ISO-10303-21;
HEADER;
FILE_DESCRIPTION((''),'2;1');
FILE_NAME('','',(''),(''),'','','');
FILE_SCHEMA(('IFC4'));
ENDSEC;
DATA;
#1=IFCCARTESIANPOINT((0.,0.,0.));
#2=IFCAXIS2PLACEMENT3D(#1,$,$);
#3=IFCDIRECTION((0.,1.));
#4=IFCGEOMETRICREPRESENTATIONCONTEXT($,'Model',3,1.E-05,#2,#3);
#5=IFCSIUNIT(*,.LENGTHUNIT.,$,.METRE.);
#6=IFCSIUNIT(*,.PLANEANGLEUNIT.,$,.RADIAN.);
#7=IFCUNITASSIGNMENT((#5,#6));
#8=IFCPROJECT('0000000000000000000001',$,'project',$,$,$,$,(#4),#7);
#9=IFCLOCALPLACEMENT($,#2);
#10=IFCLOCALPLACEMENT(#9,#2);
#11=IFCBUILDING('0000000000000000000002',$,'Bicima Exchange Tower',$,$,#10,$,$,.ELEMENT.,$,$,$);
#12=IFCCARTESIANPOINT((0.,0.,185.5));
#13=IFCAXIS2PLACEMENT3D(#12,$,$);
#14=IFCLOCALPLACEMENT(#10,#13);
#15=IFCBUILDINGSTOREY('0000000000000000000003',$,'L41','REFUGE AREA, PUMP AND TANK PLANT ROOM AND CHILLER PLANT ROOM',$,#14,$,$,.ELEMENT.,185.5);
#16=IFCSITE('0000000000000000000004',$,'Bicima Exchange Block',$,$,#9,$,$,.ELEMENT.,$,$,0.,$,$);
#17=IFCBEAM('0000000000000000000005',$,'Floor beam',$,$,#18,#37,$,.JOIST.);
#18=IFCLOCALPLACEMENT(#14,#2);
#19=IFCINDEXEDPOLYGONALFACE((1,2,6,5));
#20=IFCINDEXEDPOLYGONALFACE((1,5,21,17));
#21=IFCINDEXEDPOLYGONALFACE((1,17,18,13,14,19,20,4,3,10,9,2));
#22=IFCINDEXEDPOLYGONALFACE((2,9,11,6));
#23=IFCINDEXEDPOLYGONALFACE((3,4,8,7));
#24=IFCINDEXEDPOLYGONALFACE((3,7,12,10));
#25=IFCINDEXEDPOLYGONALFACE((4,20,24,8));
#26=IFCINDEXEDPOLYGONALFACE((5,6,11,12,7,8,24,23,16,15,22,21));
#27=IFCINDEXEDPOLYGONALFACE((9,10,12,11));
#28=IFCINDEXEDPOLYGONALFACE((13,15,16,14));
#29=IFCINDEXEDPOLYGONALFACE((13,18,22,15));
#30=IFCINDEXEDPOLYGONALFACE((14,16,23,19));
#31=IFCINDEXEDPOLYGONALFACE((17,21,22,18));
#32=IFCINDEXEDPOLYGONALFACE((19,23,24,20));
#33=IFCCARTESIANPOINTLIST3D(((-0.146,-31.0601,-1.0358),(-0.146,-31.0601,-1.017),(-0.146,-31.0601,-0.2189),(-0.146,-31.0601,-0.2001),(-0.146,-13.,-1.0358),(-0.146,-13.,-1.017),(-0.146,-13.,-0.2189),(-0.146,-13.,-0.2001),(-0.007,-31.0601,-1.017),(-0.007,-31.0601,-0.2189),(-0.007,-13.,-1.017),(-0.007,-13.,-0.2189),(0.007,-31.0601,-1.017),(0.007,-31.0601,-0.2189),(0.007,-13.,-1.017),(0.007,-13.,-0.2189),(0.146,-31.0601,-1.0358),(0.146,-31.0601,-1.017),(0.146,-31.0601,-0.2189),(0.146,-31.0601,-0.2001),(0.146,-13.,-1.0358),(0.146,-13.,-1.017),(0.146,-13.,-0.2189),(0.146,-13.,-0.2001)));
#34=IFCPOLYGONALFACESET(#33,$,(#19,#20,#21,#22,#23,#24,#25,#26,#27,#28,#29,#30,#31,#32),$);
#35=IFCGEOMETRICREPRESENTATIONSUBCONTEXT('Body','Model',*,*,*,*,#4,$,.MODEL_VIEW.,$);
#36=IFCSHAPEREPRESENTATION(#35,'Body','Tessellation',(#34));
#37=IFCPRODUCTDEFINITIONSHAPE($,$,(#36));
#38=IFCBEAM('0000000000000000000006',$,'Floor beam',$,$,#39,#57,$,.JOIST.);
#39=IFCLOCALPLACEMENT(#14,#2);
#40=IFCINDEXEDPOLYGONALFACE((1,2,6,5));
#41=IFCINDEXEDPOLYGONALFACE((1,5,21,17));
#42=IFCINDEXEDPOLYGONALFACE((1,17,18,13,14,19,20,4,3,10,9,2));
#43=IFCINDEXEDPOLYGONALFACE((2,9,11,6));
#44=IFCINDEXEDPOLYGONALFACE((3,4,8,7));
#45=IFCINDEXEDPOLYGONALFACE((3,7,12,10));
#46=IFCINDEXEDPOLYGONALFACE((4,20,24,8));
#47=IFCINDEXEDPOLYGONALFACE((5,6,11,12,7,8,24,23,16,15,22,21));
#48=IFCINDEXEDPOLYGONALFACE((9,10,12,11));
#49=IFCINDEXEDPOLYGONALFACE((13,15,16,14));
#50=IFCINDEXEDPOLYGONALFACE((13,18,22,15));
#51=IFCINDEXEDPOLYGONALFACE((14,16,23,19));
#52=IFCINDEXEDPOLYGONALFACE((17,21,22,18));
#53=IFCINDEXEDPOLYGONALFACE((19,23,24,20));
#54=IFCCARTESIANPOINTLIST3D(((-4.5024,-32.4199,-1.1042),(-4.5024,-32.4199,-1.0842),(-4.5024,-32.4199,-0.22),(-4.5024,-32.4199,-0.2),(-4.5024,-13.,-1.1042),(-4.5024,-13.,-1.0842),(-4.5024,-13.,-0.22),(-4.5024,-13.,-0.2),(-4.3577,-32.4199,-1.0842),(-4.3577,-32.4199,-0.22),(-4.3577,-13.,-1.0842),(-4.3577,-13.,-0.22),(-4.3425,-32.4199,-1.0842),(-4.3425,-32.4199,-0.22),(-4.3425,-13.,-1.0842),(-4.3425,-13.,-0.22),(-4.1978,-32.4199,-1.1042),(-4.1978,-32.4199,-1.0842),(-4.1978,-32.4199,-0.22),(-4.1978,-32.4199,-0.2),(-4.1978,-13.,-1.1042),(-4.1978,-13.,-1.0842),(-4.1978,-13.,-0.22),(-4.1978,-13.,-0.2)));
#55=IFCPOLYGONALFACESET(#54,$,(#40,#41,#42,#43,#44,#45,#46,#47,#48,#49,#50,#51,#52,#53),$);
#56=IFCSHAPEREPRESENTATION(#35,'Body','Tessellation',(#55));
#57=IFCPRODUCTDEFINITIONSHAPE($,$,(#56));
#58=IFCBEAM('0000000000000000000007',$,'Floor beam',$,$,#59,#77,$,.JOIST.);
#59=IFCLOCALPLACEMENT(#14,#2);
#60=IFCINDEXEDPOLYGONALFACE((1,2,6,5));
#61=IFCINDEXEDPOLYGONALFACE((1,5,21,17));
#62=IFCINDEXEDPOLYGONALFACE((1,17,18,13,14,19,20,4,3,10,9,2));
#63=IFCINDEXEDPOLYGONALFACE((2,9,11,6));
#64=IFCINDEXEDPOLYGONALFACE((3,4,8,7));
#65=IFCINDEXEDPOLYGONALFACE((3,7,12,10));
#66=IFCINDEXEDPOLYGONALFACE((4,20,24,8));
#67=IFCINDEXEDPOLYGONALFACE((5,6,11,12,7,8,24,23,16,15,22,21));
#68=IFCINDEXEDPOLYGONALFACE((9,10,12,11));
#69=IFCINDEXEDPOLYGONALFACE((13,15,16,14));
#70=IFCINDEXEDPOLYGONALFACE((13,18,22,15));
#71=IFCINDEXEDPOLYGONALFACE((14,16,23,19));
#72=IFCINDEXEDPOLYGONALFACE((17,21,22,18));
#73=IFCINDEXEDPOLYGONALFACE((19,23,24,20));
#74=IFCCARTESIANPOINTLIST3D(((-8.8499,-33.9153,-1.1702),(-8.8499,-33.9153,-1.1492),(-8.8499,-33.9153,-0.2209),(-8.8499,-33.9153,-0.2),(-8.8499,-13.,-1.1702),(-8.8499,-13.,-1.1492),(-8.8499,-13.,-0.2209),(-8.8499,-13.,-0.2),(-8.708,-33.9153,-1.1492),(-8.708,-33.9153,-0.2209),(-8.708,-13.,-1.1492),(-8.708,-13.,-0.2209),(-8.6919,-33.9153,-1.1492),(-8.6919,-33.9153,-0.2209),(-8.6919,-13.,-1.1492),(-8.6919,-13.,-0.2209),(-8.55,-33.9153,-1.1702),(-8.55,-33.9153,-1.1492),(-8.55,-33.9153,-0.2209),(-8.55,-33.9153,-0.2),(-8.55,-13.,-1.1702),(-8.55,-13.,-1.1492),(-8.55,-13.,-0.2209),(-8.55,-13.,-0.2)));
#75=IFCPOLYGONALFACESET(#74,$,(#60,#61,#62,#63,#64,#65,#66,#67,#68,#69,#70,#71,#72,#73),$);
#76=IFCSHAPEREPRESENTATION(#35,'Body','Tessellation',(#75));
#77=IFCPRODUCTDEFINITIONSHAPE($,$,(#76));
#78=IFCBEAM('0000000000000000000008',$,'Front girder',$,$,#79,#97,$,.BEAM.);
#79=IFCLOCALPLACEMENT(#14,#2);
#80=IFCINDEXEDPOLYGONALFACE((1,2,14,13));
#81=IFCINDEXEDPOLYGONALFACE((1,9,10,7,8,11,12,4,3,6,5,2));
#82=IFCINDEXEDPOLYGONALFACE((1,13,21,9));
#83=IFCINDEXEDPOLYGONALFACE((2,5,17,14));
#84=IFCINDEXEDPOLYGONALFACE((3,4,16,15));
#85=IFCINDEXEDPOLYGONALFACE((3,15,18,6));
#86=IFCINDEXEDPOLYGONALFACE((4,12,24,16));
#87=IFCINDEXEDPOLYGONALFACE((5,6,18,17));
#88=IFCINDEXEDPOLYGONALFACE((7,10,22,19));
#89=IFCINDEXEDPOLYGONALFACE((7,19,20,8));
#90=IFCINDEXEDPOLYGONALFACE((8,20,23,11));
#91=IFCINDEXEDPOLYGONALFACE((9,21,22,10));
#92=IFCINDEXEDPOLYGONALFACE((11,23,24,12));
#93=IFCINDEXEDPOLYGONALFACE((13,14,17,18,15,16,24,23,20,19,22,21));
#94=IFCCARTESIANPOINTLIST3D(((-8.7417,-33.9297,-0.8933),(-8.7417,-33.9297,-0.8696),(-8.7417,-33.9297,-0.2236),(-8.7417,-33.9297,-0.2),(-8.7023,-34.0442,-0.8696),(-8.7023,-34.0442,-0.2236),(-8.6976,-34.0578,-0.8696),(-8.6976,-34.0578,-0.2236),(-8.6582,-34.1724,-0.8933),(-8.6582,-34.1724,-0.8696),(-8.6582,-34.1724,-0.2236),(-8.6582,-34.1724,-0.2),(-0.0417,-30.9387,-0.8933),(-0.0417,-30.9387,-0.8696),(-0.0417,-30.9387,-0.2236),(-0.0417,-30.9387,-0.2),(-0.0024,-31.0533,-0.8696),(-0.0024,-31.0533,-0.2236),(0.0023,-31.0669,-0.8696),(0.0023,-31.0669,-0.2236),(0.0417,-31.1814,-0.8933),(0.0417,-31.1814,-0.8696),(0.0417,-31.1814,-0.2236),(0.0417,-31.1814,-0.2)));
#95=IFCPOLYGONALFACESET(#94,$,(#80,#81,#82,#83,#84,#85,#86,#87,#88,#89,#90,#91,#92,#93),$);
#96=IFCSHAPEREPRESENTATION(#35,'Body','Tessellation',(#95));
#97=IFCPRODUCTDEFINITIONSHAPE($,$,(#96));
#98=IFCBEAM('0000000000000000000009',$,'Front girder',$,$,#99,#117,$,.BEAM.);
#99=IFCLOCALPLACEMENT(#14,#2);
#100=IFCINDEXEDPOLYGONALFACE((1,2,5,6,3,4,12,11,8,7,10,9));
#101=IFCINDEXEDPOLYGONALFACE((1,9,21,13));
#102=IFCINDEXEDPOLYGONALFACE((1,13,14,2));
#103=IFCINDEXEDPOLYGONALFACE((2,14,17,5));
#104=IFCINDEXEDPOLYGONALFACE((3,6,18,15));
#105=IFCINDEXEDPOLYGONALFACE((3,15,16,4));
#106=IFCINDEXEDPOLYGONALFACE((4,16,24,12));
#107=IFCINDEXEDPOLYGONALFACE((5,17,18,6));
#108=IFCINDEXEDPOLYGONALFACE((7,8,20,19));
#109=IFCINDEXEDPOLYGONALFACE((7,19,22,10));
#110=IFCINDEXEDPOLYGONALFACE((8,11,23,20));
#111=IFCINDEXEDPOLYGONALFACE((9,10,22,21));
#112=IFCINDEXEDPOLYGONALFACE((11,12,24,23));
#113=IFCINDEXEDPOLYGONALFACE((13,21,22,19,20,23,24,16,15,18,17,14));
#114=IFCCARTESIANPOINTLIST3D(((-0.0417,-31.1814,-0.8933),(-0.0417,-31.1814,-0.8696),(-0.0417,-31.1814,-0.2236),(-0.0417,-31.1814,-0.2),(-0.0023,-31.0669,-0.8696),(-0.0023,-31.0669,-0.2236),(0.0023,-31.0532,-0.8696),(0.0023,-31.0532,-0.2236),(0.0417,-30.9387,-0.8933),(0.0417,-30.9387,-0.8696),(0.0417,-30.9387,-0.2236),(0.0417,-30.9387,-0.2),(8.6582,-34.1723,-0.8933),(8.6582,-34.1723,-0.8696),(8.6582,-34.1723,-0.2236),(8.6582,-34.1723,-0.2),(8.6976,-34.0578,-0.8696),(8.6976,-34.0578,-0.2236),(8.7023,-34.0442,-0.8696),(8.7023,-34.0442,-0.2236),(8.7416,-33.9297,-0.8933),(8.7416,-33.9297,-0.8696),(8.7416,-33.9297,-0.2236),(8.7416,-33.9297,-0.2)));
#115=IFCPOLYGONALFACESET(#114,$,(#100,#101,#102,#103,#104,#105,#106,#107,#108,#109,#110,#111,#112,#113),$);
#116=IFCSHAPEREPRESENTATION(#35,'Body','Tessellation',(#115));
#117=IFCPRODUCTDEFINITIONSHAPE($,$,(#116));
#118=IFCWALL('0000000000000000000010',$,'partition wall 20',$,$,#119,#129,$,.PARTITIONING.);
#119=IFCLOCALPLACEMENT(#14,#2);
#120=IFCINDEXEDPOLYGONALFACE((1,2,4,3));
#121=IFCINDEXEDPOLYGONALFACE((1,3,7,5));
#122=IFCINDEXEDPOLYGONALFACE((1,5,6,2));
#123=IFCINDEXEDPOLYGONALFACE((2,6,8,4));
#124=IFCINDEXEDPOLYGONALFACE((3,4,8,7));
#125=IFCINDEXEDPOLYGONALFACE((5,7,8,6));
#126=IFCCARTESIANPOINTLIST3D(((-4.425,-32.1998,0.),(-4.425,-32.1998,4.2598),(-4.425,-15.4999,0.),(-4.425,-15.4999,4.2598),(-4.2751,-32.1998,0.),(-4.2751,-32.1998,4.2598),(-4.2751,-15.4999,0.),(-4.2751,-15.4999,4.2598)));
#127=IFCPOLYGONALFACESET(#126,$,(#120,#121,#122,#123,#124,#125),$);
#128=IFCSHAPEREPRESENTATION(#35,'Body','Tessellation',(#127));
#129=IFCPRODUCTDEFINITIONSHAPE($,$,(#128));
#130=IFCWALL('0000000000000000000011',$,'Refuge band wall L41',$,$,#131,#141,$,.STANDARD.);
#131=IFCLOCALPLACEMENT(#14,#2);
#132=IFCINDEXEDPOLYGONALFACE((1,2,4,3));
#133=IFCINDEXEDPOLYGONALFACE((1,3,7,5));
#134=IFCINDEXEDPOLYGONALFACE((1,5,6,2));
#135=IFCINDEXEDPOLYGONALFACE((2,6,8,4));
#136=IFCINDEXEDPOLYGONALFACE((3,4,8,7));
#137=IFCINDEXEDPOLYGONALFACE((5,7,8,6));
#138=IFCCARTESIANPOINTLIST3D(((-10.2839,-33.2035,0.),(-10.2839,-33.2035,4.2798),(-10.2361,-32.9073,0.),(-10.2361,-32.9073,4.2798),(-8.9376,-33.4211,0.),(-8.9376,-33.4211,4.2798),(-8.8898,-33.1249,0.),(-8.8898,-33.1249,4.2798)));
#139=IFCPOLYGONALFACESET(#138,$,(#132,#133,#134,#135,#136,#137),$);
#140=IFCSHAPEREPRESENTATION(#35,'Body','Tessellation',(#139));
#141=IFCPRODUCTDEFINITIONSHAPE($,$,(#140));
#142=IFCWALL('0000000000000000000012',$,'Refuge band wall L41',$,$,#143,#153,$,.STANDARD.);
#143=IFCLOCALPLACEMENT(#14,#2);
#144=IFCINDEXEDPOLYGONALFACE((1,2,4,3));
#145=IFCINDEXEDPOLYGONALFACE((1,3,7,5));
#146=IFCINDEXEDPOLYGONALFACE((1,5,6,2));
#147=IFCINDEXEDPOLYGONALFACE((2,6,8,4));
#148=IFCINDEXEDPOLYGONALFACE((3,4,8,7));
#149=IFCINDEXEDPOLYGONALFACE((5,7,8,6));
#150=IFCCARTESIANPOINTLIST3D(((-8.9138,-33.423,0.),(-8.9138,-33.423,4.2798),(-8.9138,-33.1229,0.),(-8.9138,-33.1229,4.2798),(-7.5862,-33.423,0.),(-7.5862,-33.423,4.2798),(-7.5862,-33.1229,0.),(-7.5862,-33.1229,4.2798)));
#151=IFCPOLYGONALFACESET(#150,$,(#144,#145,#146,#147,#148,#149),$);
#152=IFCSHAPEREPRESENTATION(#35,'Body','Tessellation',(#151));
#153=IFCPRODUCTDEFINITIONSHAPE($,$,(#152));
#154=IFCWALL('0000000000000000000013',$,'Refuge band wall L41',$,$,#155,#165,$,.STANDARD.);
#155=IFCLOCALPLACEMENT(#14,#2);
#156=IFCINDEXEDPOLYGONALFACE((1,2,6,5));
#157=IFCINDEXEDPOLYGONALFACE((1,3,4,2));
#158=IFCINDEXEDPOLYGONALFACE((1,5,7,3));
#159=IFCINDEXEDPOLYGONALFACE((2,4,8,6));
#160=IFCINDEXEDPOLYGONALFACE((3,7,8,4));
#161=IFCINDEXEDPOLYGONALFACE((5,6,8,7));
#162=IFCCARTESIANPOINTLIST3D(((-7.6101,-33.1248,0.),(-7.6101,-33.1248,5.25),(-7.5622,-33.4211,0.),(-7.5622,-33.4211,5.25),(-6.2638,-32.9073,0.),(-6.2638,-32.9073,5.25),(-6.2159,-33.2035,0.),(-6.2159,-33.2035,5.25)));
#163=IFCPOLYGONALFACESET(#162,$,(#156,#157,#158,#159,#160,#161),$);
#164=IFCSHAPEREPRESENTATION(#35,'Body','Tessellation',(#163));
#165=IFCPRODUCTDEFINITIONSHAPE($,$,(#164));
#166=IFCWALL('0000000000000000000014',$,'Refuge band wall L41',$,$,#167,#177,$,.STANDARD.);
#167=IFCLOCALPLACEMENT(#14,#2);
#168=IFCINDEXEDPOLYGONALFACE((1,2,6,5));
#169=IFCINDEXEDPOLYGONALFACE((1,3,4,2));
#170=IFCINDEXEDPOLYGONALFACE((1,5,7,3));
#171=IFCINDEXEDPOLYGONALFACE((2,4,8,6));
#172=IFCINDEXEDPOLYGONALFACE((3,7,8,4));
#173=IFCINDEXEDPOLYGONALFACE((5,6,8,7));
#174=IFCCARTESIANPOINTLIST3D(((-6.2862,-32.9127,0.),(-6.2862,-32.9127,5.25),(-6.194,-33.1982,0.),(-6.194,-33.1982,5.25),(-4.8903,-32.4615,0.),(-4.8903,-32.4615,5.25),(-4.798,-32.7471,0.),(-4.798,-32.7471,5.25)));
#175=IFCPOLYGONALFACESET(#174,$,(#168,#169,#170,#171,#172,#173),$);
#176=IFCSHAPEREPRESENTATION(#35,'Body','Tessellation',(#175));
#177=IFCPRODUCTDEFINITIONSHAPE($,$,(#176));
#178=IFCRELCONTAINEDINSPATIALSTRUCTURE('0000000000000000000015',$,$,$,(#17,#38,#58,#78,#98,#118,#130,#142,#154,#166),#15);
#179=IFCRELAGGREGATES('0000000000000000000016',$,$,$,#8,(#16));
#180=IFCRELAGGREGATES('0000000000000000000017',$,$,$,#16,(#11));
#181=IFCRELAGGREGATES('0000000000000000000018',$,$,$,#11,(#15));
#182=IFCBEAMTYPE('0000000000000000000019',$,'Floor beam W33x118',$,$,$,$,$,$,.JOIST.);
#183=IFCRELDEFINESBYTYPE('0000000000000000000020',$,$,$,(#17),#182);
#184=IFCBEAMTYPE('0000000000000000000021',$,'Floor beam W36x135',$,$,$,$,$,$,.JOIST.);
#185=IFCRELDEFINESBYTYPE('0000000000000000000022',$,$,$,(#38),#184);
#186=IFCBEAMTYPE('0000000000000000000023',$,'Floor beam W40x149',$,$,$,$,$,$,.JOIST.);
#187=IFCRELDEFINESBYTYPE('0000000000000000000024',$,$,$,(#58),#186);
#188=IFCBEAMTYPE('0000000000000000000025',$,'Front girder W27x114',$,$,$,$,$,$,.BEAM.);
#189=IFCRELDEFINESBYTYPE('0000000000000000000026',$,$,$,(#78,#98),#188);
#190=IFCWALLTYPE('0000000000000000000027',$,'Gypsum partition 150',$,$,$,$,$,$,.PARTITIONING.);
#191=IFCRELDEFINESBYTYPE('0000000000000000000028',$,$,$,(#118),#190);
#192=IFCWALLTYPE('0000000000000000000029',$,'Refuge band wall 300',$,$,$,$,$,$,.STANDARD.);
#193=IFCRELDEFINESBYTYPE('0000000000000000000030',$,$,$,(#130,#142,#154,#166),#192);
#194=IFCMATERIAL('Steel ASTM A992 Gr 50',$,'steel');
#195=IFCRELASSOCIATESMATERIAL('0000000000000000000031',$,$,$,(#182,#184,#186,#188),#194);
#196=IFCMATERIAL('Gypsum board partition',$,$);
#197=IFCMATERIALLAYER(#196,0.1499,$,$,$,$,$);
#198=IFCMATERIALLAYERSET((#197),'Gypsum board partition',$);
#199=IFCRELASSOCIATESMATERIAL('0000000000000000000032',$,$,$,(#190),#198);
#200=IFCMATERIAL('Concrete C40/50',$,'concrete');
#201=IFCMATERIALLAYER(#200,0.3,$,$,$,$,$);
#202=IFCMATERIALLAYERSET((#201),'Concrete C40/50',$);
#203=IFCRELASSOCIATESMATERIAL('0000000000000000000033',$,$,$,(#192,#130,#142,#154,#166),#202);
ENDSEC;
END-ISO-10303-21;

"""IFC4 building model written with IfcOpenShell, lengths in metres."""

from ifc_helpers import new_model, si_unit, direction, frame, frame_2d, origin, origin_2d, place, context, subcontext, project, spatial, rectangle, i_section, extrude, material, layer, layer_set, layer_usage, material_profile, profile_set, type_object, element, save


model = new_model("IFC4")

# Units and contexts
model_context = context("Model", 3, precision=1e-05, world=origin(), true_north=direction((0.0, 1.0)))
body_context = subcontext(model_context, "Body", "Model", "MODEL_VIEW")
ifc_project = project(units=[si_unit("LENGTHUNIT", "METRE"), si_unit("PLANEANGLEUNIT", "RADIAN")], contexts=[model_context])

# Site, building, storey
site_placement = place(None, origin())
site = spatial("IfcSite", under=ifc_project, at=site_placement, Name="Bicima Exchange Block", CompositionType="ELEMENT", RefElevation=0.0)
building_placement = place(site_placement, origin())
building = spatial("IfcBuilding", under=site, at=building_placement, Name="Bicima Exchange Tower", CompositionType="ELEMENT")
storey_placement = place(building_placement, frame((0.0, 0.0, 185.5)))
storey = spatial("IfcBuildingStorey", under=building, at=storey_placement, Name="L41", Description="REFUGE AREA, PUMP AND TANK PLANT ROOM AND CHILLER PLANT ROOM", CompositionType="ELEMENT", Elevation=185.5)

# Shared definitions
ifc_material_1 = material(Name="Steel ASTM A992 Gr 50", Category="steel")

# Beams
ifc_material_profile_1 = material_profile(ifc_material_1, i_section(OverallWidth=0.292, OverallDepth=0.8357, WebThickness=0.0139, FlangeThickness=0.0188, at=origin_2d()))
ifc_profile_set_1 = profile_set([ifc_material_profile_1], Name="Steel ASTM A992 Gr 50")
beam_type_1 = type_object("IfcBeamType", Name="Floor beam W33x118", PredefinedType="JOIST", material=ifc_profile_set_1)
beam_1_placement = place(storey_placement, frame((0.0, -13.0, -0.6179), z_axis=(0.0, -1.0, 0.0), x_axis=(1.0, 0.0, 0.0)))
element("IfcBeam", 1, at=beam_1_placement, inside=storey, type_object=beam_type_1, Name="Floor beam", PredefinedType="JOIST", context=body_context, shape_type="SweptSolid", body=[
    extrude(i_section(OverallWidth=0.292, OverallDepth=0.8357, WebThickness=0.0139, FlangeThickness=0.0188, at=origin_2d()), origin(), (0.0, 0.0, 1.0), 18.0601),
])
ifc_material_profile_2 = material_profile(ifc_material_1, i_section(OverallWidth=0.3047, OverallDepth=0.9043, WebThickness=0.0151, FlangeThickness=0.02, at=origin_2d()))
ifc_profile_set_2 = profile_set([ifc_material_profile_2], Name="Steel ASTM A992 Gr 50")
beam_type_2 = type_object("IfcBeamType", Name="Floor beam W36x135", PredefinedType="JOIST", material=ifc_profile_set_2)
beam_2_placement = place(storey_placement, frame((-4.3501, -13.0, -0.6521), z_axis=(0.0, -1.0, 0.0), x_axis=(1.0, 0.0, 0.0)))
element("IfcBeam", 2, at=beam_2_placement, inside=storey, type_object=beam_type_2, Name="Floor beam", PredefinedType="JOIST", context=body_context, shape_type="SweptSolid", body=[
    extrude(i_section(OverallWidth=0.3047, OverallDepth=0.9043, WebThickness=0.0151, FlangeThickness=0.02, at=origin_2d()), origin(), (0.0, 0.0, 1.0), 19.4199),
])
ifc_material_profile_3 = material_profile(ifc_material_1, i_section(OverallWidth=0.2998, OverallDepth=0.9702, WebThickness=0.0161, FlangeThickness=0.021, at=origin_2d()))
ifc_profile_set_3 = profile_set([ifc_material_profile_3], Name="Steel ASTM A992 Gr 50")
beam_type_3 = type_object("IfcBeamType", Name="Floor beam W40x149", PredefinedType="JOIST", material=ifc_profile_set_3)
beam_3_placement = place(storey_placement, frame((-8.7, -13.0, -0.6851), z_axis=(0.0, -1.0, 0.0), x_axis=(1.0, 0.0, 0.0)))
element("IfcBeam", 3, at=beam_3_placement, inside=storey, type_object=beam_type_3, Name="Floor beam", PredefinedType="JOIST", context=body_context, shape_type="SweptSolid", body=[
    extrude(i_section(OverallWidth=0.2998, OverallDepth=0.9702, WebThickness=0.0161, FlangeThickness=0.021, at=origin_2d()), origin(), (0.0, 0.0, 1.0), 20.9153),
])
ifc_material_profile_4 = material_profile(ifc_material_1, i_section(OverallWidth=0.2566, OverallDepth=0.6934, WebThickness=0.0144, FlangeThickness=0.0237, at=origin_2d()))
ifc_profile_set_4 = profile_set([ifc_material_profile_4], Name="Steel ASTM A992 Gr 50")
beam_type_4 = type_object("IfcBeamType", Name="Front girder W27x114", PredefinedType="BEAM", material=ifc_profile_set_4)
for number, where, z_axis, x_axis, name in (
    (4, (-8.7, -34.051, -0.5466), (0.945675, 0.325115, 0.0), (-0.325115, 0.945675, 0.0), "Front girder"),
    (5, (0.0, -31.0601, -0.5466), (0.945675, -0.325115, 0.0), (0.325115, 0.945675, 0.0), "Front girder"),
):
    element("IfcBeam", number, at=place(storey_placement, frame(where, z_axis=z_axis, x_axis=x_axis)), inside=storey, type_object=beam_type_4, Name=name, PredefinedType="BEAM", context=body_context, shape_type="SweptSolid", body=[
        extrude(i_section(OverallWidth=0.2566, OverallDepth=0.6934, WebThickness=0.0144, FlangeThickness=0.0237, at=origin_2d()), origin(), (0.0, 0.0, 1.0), 9.1997),
    ])

# Walls
ifc_material_2 = material(Name="Gypsum board partition")
ifc_layer_1 = layer(ifc_material_2, 0.1499)
ifc_layer_set_1 = layer_set([ifc_layer_1], Name="Gypsum board partition")
wall_type_1 = type_object("IfcWallType", Name="Gypsum partition 150", PredefinedType="PARTITIONING", material=ifc_layer_set_1)
wall_1_placement = place(storey_placement, frame((-4.3501, -32.2, 0.0), z_axis=(0.0, 0.0, 1.0), x_axis=(0.0, 1.0, 0.0)))
element("IfcWall", 6, at=wall_1_placement, inside=storey, type_object=wall_type_1, Name="partition wall 20", PredefinedType="PARTITIONING", context=body_context, shape_type="SweptSolid", body=[
    extrude(rectangle(XDim=16.7, YDim=0.1499, at=frame_2d((8.3501, 0.0))), origin(), (0.0, 0.0, 1.0), 4.2598),
])
ifc_material_3 = material(Name="Concrete C40/50", Category="concrete")
ifc_layer_2 = layer(ifc_material_3, 0.3)
ifc_layer_set_2 = layer_set([ifc_layer_2], Name="Concrete C40/50")
ifc_layer_usage = layer_usage(ifc_layer_set_2, "AXIS2", "POSITIVE", -0.15)
wall_type_2 = type_object("IfcWallType", Name="Refuge band wall 300", PredefinedType="STANDARD", material=ifc_layer_set_2)
wall_2_placement = place(storey_placement, frame((-10.26, -33.0554, 0.0), z_axis=(0.0, 0.0, 1.0), x_axis=(0.987195, -0.15952, 0.0)))
element("IfcWall", 7, at=wall_2_placement, inside=storey, type_object=wall_type_2, material=ifc_layer_usage, Name="Refuge band wall L41", PredefinedType="STANDARD", context=body_context, shape_type="SweptSolid", body=[
    extrude(rectangle(XDim=1.3638, YDim=0.3, at=frame_2d((0.6819, 0.0))), origin(), (0.0, 0.0, 1.0), 4.2798),
])
wall_3_placement = place(storey_placement, frame((-8.9138, -33.2729, 0.0), z_axis=(0.0, 0.0, 1.0), x_axis=(1.0, 0.0, 0.0)))
element("IfcWall", 8, at=wall_3_placement, inside=storey, type_object=wall_type_2, material=ifc_layer_usage, Name="Refuge band wall L41", PredefinedType="STANDARD", context=body_context, shape_type="SweptSolid", body=[
    extrude(rectangle(XDim=1.3276, YDim=0.3, at=frame_2d((0.6638, 0.0))), origin(), (0.0, 0.0, 1.0), 4.2798),
])
wall_4_placement = place(storey_placement, frame((-7.5862, -33.2729, 0.0), z_axis=(0.0, 0.0, 1.0), x_axis=(0.987195, 0.15952, 0.0)))
element("IfcWall", 9, at=wall_4_placement, inside=storey, type_object=wall_type_2, material=ifc_layer_usage, Name="Refuge band wall L41", PredefinedType="STANDARD", context=body_context, shape_type="SweptSolid", body=[
    extrude(rectangle(XDim=1.3638, YDim=0.3, at=frame_2d((0.6819, 0.0))), origin(), (0.0, 0.0, 1.0), 5.25),
])
wall_5_placement = place(storey_placement, frame((-6.24, -33.0554, 0.0), z_axis=(0.0, 0.0, 1.0), x_axis=(0.951539, 0.307528, 0.0)))
element("IfcWall", 10, at=wall_5_placement, inside=storey, type_object=wall_type_2, material=ifc_layer_usage, Name="Refuge band wall L41", PredefinedType="STANDARD", context=body_context, shape_type="SweptSolid", body=[
    extrude(rectangle(XDim=1.467, YDim=0.3, at=frame_2d((0.7334, 0.0))), origin(), (0.0, 0.0, 1.0), 5.25),
])

save(model, "model.ifc")
